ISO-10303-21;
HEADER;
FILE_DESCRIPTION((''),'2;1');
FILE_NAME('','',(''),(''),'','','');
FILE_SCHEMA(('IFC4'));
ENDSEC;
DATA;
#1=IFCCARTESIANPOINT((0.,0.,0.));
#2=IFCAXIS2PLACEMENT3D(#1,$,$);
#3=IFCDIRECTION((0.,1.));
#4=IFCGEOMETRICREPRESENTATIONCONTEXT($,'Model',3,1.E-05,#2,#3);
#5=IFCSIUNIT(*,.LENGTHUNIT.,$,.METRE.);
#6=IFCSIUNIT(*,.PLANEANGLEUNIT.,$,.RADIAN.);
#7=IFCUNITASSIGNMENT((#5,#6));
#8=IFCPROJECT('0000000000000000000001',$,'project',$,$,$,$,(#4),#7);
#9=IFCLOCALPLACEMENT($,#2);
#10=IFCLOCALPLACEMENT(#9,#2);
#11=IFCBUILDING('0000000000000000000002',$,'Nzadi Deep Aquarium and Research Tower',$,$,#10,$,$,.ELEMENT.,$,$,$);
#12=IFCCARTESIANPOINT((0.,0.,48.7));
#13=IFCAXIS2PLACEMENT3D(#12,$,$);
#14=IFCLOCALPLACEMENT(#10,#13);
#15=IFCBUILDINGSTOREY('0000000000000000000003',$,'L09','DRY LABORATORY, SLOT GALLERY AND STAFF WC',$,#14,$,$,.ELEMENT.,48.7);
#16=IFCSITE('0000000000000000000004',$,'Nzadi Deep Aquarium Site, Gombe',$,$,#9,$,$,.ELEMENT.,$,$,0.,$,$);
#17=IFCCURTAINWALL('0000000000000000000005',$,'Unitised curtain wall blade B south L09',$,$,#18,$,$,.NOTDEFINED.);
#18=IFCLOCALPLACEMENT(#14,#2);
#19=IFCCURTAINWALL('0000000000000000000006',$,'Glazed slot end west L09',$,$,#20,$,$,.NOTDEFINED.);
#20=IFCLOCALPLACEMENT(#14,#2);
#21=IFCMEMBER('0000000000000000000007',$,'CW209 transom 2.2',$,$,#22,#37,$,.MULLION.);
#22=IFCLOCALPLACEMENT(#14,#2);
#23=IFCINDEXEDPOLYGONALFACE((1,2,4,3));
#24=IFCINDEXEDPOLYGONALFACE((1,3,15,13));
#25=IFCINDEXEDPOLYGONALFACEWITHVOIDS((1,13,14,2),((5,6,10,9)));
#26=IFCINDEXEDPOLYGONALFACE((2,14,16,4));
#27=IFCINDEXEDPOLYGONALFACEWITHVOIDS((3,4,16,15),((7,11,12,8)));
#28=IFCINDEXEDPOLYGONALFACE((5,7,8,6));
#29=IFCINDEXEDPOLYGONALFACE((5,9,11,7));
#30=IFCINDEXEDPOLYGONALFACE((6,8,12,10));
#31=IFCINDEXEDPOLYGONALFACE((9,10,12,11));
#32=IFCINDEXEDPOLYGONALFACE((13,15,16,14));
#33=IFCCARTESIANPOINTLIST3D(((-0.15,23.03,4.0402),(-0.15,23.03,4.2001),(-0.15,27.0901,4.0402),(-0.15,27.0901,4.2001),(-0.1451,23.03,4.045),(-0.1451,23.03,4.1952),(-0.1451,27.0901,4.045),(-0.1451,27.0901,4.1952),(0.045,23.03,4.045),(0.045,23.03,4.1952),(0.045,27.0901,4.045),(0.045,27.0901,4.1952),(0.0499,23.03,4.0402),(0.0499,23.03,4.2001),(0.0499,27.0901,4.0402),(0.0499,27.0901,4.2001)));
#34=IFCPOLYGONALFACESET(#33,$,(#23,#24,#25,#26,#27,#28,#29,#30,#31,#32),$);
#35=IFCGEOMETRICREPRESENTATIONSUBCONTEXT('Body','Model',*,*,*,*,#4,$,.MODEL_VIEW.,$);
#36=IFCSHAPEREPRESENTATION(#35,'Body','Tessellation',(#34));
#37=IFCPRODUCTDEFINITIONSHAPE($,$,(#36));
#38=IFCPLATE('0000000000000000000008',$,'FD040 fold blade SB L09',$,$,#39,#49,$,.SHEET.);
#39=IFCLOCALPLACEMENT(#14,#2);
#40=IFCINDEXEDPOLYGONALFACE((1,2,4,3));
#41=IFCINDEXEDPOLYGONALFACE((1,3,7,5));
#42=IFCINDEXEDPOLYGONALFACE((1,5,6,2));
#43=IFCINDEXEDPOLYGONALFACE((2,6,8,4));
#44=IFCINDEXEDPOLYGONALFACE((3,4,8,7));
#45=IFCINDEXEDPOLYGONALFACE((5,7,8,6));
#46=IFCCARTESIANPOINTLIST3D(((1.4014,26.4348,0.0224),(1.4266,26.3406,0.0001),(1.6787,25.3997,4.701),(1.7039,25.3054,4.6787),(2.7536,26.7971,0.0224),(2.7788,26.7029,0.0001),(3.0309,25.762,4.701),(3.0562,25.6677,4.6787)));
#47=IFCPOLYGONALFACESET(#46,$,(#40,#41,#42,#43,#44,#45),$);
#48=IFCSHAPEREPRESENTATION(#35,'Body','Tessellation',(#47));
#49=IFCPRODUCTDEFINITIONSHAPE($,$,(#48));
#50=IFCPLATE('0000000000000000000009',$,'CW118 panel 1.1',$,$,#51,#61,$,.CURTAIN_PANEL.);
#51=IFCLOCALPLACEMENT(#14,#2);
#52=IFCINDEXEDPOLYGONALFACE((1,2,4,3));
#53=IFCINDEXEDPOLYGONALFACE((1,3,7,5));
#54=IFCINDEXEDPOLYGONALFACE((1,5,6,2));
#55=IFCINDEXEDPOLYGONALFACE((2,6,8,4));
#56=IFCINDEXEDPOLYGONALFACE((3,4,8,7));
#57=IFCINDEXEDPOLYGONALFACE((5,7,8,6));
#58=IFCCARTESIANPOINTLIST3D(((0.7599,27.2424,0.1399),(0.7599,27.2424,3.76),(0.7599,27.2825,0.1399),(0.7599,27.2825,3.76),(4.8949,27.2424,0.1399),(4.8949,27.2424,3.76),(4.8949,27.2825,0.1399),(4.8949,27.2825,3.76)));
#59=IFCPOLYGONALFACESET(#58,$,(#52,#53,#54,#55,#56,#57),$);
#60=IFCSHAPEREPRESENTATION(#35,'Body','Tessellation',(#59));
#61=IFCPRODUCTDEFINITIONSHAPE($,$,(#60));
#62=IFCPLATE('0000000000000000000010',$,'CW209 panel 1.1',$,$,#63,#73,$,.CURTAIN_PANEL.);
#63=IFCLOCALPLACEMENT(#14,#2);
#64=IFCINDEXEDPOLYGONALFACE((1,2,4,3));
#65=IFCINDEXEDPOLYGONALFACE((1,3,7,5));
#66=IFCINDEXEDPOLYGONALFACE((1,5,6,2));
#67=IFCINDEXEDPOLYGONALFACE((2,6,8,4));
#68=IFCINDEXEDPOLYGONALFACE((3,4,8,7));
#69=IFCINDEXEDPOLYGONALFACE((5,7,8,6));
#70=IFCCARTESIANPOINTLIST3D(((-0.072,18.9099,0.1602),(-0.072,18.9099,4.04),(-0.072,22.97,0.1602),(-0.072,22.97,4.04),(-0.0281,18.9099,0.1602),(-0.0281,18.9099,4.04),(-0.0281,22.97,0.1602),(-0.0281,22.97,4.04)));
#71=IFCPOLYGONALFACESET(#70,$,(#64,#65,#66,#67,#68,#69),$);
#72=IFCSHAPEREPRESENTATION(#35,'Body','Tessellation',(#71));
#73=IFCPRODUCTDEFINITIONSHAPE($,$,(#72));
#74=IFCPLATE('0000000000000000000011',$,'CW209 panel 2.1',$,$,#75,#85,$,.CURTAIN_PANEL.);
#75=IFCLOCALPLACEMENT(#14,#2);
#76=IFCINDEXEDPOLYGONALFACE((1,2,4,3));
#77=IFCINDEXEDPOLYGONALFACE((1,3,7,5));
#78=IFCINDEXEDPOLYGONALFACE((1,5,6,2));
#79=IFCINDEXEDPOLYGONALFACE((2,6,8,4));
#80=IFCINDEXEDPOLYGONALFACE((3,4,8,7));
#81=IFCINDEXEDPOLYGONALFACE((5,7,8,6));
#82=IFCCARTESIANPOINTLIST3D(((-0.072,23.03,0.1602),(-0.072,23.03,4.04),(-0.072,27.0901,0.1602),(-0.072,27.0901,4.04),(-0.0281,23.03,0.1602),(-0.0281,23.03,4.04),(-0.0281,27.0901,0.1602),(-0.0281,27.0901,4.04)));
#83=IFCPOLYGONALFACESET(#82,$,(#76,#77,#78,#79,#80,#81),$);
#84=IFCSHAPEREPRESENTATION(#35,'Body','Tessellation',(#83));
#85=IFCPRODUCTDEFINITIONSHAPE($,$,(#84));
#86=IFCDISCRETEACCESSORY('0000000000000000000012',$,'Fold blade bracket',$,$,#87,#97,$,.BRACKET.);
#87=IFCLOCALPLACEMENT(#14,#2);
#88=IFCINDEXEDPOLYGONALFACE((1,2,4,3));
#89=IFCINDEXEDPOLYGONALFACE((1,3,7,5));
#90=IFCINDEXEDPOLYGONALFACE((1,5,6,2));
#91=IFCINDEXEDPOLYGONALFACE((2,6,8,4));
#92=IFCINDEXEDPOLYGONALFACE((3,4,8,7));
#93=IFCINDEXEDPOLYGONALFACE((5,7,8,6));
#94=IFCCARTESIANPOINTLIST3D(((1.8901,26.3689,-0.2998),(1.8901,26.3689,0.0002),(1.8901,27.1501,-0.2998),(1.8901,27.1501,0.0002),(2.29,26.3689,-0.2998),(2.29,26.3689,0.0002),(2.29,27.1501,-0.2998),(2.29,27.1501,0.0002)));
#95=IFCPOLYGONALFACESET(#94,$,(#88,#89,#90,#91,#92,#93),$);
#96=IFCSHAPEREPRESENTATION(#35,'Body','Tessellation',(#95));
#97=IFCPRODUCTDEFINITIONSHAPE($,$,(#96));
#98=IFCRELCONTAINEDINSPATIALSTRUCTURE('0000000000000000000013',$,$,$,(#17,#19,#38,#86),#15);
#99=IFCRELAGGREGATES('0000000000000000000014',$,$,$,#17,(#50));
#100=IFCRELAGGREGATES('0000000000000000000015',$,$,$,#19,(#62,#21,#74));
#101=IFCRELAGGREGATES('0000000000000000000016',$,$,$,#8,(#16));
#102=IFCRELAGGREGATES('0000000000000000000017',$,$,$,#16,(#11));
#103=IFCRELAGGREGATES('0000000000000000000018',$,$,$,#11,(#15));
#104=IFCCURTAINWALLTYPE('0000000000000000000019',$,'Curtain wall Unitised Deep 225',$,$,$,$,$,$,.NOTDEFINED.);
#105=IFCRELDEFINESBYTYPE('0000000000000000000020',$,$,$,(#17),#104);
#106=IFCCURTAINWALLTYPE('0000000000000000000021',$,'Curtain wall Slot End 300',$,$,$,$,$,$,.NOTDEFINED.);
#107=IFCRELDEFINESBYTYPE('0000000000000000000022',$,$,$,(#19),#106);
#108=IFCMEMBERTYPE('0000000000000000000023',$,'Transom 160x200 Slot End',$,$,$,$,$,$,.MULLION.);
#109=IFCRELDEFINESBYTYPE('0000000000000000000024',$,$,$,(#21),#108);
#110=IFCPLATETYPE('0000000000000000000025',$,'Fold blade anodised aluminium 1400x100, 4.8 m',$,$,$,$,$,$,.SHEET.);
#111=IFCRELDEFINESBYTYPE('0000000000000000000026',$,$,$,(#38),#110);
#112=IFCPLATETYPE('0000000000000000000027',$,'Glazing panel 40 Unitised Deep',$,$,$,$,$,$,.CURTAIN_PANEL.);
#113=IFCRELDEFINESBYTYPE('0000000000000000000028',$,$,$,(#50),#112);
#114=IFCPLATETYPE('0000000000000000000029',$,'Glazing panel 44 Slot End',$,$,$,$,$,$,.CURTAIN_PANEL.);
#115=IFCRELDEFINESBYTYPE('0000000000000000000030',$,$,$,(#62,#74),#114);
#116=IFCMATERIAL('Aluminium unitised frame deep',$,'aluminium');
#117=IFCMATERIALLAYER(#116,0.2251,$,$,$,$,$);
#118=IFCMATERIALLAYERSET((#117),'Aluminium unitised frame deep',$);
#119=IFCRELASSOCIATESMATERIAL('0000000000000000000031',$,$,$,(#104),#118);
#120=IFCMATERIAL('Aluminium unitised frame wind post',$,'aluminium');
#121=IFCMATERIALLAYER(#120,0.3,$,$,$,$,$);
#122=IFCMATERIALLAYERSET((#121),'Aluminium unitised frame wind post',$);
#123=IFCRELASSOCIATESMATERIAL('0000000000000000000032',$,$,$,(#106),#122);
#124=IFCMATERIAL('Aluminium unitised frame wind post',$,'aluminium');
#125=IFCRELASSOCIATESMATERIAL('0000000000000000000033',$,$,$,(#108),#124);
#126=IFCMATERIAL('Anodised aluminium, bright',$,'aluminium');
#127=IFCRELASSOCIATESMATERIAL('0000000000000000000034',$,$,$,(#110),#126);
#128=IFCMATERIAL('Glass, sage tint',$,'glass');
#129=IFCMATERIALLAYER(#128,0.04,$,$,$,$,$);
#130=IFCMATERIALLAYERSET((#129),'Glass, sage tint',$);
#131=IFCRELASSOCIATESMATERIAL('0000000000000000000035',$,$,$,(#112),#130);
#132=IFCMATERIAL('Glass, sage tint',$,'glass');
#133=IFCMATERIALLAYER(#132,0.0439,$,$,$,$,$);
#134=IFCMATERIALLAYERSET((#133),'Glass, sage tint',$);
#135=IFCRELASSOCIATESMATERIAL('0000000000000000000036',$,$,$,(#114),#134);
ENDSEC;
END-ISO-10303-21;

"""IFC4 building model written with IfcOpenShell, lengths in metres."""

from ifc_helpers import new_model, si_unit, direction, frame, origin, origin_2d, place, context, subcontext, project, spatial, rectangle, hollow_rectangle, extrude, material, layer, layer_set, material_profile, profile_set, type_object, element, aggregate, save


model = new_model("IFC4")

# Units and contexts
model_context = context("Model", 3, precision=1e-05, world=origin(), true_north=direction((0.0, 1.0)))
body_context = subcontext(model_context, "Body", "Model", "MODEL_VIEW")
ifc_project = project(units=[si_unit("LENGTHUNIT", "METRE"), si_unit("PLANEANGLEUNIT", "RADIAN")], contexts=[model_context])

# Site, building, storey
site_placement = place(None, origin())
site = spatial("IfcSite", under=ifc_project, at=site_placement, Name="Nzadi Deep Aquarium Site, Gombe", CompositionType="ELEMENT", RefElevation=0.0)
building_placement = place(site_placement, origin())
building = spatial("IfcBuilding", under=site, at=building_placement, Name="Nzadi Deep Aquarium and Research Tower", CompositionType="ELEMENT")
storey_placement = place(building_placement, frame((0.0, 0.0, 48.7)))
storey = spatial("IfcBuildingStorey", under=building, at=storey_placement, Name="L09", Description="DRY LABORATORY, SLOT GALLERY AND STAFF WC", CompositionType="ELEMENT", Elevation=48.7)

# Curtain walls
ifc_material_1 = material(Name="Aluminium unitised frame deep", Category="aluminium")
ifc_layer_1 = layer(ifc_material_1, 0.2251)
ifc_layer_set_1 = layer_set([ifc_layer_1], Name="Aluminium unitised frame deep")
curtain_wall_type_1 = type_object("IfcCurtainWallType", Name="Curtain wall Unitised Deep 225", PredefinedType="NOTDEFINED", material=ifc_layer_set_1)
curtain_wall_1_placement = place(storey_placement, origin())
curtain_wall_1 = element("IfcCurtainWall", 1, at=curtain_wall_1_placement, inside=storey, type_object=curtain_wall_type_1, Name="Unitised curtain wall blade B south L09", PredefinedType="NOTDEFINED")
ifc_material_2 = material(Name="Aluminium unitised frame wind post", Category="aluminium")
ifc_layer_2 = layer(ifc_material_2, 0.3)
ifc_layer_set_2 = layer_set([ifc_layer_2], Name="Aluminium unitised frame wind post")
curtain_wall_type_2 = type_object("IfcCurtainWallType", Name="Curtain wall Slot End 300", PredefinedType="NOTDEFINED", material=ifc_layer_set_2)
curtain_wall_2_placement = place(storey_placement, origin())
curtain_wall_2 = element("IfcCurtainWall", 2, at=curtain_wall_2_placement, inside=storey, type_object=curtain_wall_type_2, Name="Glazed slot end west L09", PredefinedType="NOTDEFINED")

# Member
ifc_material_3 = material(Name="Aluminium unitised frame wind post", Category="aluminium")
ifc_material_profile_1 = material_profile(ifc_material_3, hollow_rectangle(XDim=0.2, YDim=0.1599, WallThickness=0.0049, at=origin_2d()))
ifc_profile_set_1 = profile_set([ifc_material_profile_1], Name="Aluminium unitised frame wind post")
member_type_1 = type_object("IfcMemberType", Name="Transom 160x200 Slot End", PredefinedType="MULLION", material=ifc_profile_set_1)
member_1_placement = place(storey_placement, frame((-0.05, 23.03, 4.1201), z_axis=(0.0, 1.0, 0.0), x_axis=(-1.0, 0.0, 0.0)))
member_1 = element("IfcMember", 3, at=member_1_placement, type_object=member_type_1, Name="CW209 transom 2.2", PredefinedType="MULLION", context=body_context, shape_type="SweptSolid", body=[
    extrude(hollow_rectangle(XDim=0.2, YDim=0.1599, WallThickness=0.0049, at=origin_2d()), origin(), (0.0, 0.0, 1.0), 4.0601),
])

# Plates
ifc_material_4 = material(Name="Anodised aluminium, bright", Category="aluminium")
ifc_material_profile_2 = material_profile(ifc_material_4, rectangle(XDim=1.3999, YDim=0.1001, at=origin_2d()))
ifc_profile_set_2 = profile_set([ifc_material_profile_2], Name="Anodised aluminium, bright")
plate_type_1 = type_object("IfcPlateType", Name="Fold blade anodised aluminium 1400x100, 4.8 m", PredefinedType="SHEET", material=ifc_profile_set_2)
plate_1_placement = place(storey_placement, frame((2.0901, 26.5688, 0.0112), z_axis=(0.057781, -0.215663, 0.974757), x_axis=(0.965932, 0.258797, 0.0)))
element("IfcPlate", 4, at=plate_1_placement, inside=storey, type_object=plate_type_1, Name="FD040 fold blade SB L09", PredefinedType="SHEET", context=body_context, shape_type="SweptSolid", body=[
    extrude(rectangle(XDim=1.3999, YDim=0.1001, at=origin_2d()), origin(), (0.0, 0.0, 1.0), 4.7998),
])
ifc_material_5 = material(Name="Glass, sage tint", Category="glass")
ifc_layer_3 = layer(ifc_material_5, 0.04)
ifc_layer_set_3 = layer_set([ifc_layer_3], Name="Glass, sage tint")
plate_type_2 = type_object("IfcPlateType", Name="Glazing panel 40 Unitised Deep", PredefinedType="CURTAIN_PANEL", material=ifc_layer_set_3)
plate_2_placement = place(storey_placement, frame((2.8274, 27.2625, 0.1399), z_axis=(0.0, 0.0, 1.0), x_axis=(1.0, 0.0, 0.0)))
plate_2 = element("IfcPlate", 5, at=plate_2_placement, type_object=plate_type_2, Name="CW118 panel 1.1", PredefinedType="CURTAIN_PANEL", context=body_context, shape_type="SweptSolid", body=[
    extrude(rectangle(XDim=4.135, YDim=0.04, at=origin_2d()), origin(), (0.0, 0.0, 1.0), 3.6201),
])
aggregate(curtain_wall_1, [plate_2])
ifc_material_6 = material(Name="Glass, sage tint", Category="glass")
ifc_layer_4 = layer(ifc_material_6, 0.0439)
ifc_layer_set_4 = layer_set([ifc_layer_4], Name="Glass, sage tint")
plate_type_3 = type_object("IfcPlateType", Name="Glazing panel 44 Slot End", PredefinedType="CURTAIN_PANEL", material=ifc_layer_set_4)
plate_3_placement = place(storey_placement, frame((-0.05, 20.9399, 0.1602), z_axis=(0.0, 0.0, 1.0), x_axis=(0.0, 1.0, 0.0)))
plate_3 = element("IfcPlate", 6, at=plate_3_placement, type_object=plate_type_3, Name="CW209 panel 1.1", PredefinedType="CURTAIN_PANEL", context=body_context, shape_type="SweptSolid", body=[
    extrude(rectangle(XDim=4.0601, YDim=0.0439, at=origin_2d()), origin(), (0.0, 0.0, 1.0), 3.8799),
])
plate_4_placement = place(storey_placement, frame((-0.05, 25.0601, 0.1602), z_axis=(0.0, 0.0, 1.0), x_axis=(0.0, 1.0, 0.0)))
plate_4 = element("IfcPlate", 7, at=plate_4_placement, type_object=plate_type_3, Name="CW209 panel 2.1", PredefinedType="CURTAIN_PANEL", context=body_context, shape_type="SweptSolid", body=[
    extrude(rectangle(XDim=4.0601, YDim=0.0439, at=origin_2d()), origin(), (0.0, 0.0, 1.0), 3.8799),
])
aggregate(curtain_wall_2, [plate_3, member_1, plate_4])

# Discrete accessory
discrete_accessory_placement = place(storey_placement, frame((2.0901, 26.7595, -0.2998), z_axis=(0.0, 0.0, 1.0), x_axis=(1.0, 0.0, 0.0)))
element("IfcDiscreteAccessory", 8, at=discrete_accessory_placement, inside=storey, Name="Fold blade bracket", PredefinedType="BRACKET", context=body_context, shape_type="SweptSolid", body=[
    extrude(rectangle(XDim=0.3999, YDim=0.7812, at=origin_2d()), origin(), (0.0, 0.0, 1.0), 0.3),
])

save(model, "model.ifc")
